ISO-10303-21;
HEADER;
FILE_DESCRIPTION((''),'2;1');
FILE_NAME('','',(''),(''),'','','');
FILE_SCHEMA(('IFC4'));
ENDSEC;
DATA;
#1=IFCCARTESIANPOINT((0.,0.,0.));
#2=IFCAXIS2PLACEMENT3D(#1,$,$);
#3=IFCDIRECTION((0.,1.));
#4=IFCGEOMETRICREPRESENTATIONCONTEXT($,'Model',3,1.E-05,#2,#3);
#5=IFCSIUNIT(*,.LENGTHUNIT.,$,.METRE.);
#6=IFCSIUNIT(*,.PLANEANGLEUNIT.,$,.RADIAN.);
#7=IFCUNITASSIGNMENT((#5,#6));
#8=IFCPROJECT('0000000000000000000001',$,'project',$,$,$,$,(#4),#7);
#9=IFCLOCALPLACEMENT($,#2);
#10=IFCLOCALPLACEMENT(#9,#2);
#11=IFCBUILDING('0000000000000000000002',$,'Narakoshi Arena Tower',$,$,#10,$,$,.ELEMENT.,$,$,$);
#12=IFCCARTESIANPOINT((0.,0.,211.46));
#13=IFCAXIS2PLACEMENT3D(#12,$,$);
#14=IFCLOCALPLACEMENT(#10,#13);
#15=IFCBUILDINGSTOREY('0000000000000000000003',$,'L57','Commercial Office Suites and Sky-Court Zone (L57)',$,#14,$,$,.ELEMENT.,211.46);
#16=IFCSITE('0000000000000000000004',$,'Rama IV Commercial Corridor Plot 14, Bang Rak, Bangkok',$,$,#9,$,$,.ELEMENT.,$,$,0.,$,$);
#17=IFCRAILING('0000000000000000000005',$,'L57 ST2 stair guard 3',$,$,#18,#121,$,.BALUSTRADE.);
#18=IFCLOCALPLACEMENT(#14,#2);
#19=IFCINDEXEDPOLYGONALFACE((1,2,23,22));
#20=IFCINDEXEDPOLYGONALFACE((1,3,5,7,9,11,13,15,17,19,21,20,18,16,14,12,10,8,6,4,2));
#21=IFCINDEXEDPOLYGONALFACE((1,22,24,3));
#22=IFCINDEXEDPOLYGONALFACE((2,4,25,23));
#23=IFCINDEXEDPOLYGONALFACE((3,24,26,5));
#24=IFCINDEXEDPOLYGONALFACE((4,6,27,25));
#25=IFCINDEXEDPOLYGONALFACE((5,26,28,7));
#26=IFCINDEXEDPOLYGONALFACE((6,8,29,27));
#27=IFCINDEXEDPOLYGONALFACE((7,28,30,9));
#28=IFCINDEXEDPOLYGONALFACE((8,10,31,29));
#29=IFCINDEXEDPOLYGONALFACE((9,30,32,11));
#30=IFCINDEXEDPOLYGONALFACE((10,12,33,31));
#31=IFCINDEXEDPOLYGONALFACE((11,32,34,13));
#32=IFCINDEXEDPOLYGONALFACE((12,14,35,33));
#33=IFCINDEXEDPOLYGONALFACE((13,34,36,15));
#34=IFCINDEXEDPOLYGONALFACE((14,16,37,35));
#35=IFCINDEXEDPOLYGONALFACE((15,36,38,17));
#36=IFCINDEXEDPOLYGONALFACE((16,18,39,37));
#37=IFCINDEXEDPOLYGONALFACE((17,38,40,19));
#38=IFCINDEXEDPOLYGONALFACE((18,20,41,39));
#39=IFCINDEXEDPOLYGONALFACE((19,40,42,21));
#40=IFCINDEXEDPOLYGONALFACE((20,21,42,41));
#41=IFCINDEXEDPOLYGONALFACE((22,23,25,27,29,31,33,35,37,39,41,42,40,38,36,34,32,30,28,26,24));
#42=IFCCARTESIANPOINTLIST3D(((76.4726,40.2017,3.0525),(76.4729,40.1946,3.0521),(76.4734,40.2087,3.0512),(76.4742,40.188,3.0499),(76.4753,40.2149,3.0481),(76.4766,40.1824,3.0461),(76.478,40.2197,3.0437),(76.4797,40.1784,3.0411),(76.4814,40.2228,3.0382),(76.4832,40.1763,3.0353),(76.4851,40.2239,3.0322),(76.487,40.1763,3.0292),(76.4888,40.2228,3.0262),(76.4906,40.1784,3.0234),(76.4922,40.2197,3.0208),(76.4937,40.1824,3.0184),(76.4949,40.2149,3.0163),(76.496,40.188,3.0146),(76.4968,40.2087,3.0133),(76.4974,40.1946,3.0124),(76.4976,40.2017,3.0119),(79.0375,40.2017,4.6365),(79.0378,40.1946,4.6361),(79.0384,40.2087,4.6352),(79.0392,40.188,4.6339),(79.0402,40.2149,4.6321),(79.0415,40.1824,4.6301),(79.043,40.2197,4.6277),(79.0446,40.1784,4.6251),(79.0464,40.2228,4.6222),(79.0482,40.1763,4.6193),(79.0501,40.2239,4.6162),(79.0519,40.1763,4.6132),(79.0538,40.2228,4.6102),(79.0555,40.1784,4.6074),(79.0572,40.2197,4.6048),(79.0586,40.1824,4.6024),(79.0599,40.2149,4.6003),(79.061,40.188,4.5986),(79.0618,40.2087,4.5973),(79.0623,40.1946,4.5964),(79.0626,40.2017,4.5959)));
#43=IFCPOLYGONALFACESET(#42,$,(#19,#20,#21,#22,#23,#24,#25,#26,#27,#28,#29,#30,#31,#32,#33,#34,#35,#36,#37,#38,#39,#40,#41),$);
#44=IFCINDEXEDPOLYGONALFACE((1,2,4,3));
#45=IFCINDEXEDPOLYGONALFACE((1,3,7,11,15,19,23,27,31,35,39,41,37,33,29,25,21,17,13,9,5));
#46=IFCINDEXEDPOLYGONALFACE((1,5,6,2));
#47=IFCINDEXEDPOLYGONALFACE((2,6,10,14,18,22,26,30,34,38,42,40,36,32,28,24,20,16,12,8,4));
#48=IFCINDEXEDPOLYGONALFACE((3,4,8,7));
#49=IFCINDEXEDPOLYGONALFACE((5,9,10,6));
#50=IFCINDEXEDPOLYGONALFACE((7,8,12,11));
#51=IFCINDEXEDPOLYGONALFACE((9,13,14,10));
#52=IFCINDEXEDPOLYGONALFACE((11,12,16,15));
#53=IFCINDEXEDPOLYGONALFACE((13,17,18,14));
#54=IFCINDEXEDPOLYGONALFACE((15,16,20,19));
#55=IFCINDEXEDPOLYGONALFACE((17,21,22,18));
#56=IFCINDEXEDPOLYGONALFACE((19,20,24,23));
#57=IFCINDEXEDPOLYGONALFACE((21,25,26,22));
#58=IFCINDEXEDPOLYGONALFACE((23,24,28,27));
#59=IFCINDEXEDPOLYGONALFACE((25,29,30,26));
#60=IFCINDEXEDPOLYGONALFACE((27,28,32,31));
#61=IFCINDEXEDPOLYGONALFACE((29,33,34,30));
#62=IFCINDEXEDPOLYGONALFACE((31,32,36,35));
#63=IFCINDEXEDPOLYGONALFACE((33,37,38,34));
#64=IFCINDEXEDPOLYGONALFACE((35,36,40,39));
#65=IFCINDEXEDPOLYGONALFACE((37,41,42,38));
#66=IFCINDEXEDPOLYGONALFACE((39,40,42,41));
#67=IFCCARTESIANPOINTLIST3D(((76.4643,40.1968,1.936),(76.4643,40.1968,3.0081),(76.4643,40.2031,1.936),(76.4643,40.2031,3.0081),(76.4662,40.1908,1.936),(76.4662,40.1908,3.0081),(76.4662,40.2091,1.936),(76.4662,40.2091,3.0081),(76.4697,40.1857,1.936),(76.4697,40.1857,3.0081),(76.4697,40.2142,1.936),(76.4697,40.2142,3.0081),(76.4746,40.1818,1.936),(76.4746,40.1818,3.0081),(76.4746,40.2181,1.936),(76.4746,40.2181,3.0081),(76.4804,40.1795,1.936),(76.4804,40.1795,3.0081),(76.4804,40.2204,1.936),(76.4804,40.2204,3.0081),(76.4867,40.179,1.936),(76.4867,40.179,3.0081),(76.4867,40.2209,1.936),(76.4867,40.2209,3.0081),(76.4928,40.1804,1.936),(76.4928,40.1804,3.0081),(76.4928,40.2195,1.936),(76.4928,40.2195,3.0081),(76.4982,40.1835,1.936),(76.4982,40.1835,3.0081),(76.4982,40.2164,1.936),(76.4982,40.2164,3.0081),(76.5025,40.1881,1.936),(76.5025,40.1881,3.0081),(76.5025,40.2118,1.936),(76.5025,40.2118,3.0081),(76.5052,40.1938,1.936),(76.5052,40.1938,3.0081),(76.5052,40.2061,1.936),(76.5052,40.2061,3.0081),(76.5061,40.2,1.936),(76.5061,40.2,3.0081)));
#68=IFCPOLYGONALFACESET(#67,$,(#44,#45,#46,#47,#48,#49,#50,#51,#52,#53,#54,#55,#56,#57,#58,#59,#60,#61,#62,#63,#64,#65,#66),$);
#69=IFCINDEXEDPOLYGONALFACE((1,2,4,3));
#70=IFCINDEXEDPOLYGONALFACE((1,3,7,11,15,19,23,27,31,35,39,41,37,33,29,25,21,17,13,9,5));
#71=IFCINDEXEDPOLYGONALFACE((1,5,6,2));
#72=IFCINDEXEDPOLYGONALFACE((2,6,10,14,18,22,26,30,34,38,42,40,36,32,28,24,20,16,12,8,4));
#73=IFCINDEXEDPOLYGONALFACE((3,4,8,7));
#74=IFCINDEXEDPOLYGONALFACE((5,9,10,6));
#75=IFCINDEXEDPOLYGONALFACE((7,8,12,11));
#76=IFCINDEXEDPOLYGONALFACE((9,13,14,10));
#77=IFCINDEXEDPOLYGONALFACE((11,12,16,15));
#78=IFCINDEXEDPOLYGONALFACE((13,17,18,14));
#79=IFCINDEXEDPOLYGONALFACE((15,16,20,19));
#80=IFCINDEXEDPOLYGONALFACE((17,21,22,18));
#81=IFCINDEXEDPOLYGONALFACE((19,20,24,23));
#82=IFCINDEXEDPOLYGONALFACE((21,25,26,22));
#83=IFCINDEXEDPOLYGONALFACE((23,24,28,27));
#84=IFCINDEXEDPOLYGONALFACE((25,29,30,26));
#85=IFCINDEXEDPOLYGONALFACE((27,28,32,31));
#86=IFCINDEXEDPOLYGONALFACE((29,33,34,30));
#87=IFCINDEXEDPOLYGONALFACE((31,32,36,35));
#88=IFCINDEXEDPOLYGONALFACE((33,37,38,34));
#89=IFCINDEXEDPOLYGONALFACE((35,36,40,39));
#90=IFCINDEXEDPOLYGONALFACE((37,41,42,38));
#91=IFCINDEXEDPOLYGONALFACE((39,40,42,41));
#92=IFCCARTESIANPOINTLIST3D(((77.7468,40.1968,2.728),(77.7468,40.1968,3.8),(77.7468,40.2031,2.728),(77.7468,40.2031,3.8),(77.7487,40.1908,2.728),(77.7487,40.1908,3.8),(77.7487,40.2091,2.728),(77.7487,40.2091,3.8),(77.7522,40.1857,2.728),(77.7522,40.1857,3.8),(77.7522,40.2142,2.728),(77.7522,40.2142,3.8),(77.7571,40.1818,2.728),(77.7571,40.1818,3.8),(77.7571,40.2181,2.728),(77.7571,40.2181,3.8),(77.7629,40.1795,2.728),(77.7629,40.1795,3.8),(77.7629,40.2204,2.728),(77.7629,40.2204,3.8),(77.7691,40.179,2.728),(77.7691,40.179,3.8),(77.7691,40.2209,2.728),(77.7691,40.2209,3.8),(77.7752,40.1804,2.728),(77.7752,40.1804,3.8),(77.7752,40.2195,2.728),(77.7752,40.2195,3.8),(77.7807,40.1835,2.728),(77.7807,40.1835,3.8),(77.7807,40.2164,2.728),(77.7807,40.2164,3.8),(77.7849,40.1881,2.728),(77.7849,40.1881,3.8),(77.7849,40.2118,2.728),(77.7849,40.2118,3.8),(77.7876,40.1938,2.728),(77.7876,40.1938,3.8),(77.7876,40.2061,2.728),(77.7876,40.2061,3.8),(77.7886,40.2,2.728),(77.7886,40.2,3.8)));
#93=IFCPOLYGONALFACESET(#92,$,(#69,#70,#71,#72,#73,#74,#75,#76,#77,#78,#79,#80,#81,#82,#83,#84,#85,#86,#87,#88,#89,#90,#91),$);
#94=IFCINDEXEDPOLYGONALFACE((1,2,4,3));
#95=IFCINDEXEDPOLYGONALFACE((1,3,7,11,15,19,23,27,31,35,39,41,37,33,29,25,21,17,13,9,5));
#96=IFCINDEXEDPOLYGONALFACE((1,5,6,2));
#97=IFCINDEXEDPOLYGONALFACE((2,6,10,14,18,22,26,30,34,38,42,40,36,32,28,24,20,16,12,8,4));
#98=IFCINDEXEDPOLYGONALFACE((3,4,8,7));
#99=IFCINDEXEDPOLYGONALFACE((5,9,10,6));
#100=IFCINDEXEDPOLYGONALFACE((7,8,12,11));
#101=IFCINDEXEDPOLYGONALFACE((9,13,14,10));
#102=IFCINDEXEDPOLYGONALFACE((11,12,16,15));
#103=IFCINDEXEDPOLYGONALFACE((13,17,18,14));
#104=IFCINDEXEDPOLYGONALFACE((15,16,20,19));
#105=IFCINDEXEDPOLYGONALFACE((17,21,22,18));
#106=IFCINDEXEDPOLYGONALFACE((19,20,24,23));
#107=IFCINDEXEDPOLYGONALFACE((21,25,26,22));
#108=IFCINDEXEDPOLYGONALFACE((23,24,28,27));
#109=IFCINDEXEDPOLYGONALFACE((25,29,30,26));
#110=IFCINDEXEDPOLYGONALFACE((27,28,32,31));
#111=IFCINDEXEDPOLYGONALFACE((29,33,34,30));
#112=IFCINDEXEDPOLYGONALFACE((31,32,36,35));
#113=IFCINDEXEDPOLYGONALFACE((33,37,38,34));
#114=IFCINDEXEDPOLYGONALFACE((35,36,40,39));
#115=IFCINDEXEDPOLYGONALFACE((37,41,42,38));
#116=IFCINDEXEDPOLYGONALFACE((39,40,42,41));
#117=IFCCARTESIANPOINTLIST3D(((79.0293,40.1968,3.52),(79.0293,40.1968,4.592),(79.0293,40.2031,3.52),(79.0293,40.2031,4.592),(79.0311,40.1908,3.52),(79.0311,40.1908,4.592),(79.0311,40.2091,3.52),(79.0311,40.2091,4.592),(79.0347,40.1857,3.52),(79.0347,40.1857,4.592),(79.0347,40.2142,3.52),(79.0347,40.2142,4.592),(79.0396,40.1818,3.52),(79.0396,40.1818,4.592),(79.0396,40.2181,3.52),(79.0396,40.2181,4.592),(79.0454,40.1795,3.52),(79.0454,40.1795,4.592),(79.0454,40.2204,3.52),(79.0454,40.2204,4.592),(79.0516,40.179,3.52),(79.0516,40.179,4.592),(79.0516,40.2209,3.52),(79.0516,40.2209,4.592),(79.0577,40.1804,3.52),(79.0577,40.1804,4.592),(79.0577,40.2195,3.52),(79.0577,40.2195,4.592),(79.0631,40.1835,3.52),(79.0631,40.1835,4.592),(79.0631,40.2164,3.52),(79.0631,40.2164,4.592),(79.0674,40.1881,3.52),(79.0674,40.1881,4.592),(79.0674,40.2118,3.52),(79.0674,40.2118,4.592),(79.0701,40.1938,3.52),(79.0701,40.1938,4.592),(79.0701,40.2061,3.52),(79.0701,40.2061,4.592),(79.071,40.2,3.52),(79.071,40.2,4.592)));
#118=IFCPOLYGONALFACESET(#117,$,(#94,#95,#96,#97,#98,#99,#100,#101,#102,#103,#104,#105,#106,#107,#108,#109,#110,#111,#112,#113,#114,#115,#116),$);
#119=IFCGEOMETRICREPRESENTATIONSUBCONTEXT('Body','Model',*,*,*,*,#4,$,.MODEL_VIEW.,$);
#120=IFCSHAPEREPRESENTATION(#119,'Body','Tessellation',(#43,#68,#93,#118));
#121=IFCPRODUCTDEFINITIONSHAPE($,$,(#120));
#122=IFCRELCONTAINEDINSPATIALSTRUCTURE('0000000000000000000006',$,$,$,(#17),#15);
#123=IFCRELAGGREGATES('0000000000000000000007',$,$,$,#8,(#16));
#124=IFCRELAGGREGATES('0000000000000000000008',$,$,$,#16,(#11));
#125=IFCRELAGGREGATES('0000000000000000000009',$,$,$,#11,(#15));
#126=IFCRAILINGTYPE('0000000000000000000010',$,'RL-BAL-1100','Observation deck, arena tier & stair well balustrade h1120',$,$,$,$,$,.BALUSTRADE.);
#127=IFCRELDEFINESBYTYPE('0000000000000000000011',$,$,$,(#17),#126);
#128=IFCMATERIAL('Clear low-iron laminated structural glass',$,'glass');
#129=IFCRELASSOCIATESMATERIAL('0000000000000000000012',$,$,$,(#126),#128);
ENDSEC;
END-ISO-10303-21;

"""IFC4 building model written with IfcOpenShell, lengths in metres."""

from ifc_helpers import new_model, si_unit, direction, frame, origin, origin_2d, place, context, subcontext, project, spatial, circle, extrude, material, type_object, element, save


model = new_model("IFC4")

# Units and contexts
model_context = context("Model", 3, precision=1e-05, world=origin(), true_north=direction((0.0, 1.0)))
body_context = subcontext(model_context, "Body", "Model", "MODEL_VIEW")
ifc_project = project(units=[si_unit("LENGTHUNIT", "METRE"), si_unit("PLANEANGLEUNIT", "RADIAN")], contexts=[model_context])

# Site, building, storey
site_placement = place(None, origin())
site = spatial("IfcSite", under=ifc_project, at=site_placement, Name="Rama IV Commercial Corridor Plot 14, Bang Rak, Bangkok", CompositionType="ELEMENT", RefElevation=0.0)
building_placement = place(site_placement, origin())
building = spatial("IfcBuilding", under=site, at=building_placement, Name="Narakoshi Arena Tower", CompositionType="ELEMENT")
storey_placement = place(building_placement, frame((0.0, 0.0, 211.46)))
storey = spatial("IfcBuildingStorey", under=building, at=storey_placement, Name="L57", Description="Commercial Office Suites and Sky-Court Zone (L57)", CompositionType="ELEMENT", Elevation=211.46)

# Railing
ifc_material_1 = material(Name="Clear low-iron laminated structural glass", Category="glass")
railing_type_1 = type_object("IfcRailingType", Name="RL-BAL-1100", Description="Observation deck, arena tier & stair well balustrade h1120", PredefinedType="BALUSTRADE", material=ifc_material_1)
railing_1_placement = place(storey_placement, frame((76.4851, 40.2, 1.936)))
element("IfcRailing", 1, at=railing_1_placement, inside=storey, type_object=railing_type_1, Name="L57 ST2 stair guard 3", PredefinedType="BALUSTRADE", context=body_context, shape_type="SweptSolid", body=[
    extrude(circle(Radius=0.0239, at=origin_2d()), frame((0.0, 0.0, 1.0962), z_axis=(0.850834, 0.0, 0.525434), x_axis=(0.0, 1.0, 0.0)), (0.0, 0.0, 1.0), 3.0146),
    extrude(circle(Radius=0.021, at=origin_2d()), origin(), (0.0, 0.0, 1.0), 1.072),
    extrude(circle(Radius=0.021, at=origin_2d()), frame((1.2825, 0.0, 0.792)), (0.0, 0.0, 1.0), 1.072),
    extrude(circle(Radius=0.021, at=origin_2d()), frame((2.5649, 0.0, 1.584)), (0.0, 0.0, 1.0), 1.072),
])

save(model, "model.ifc")
